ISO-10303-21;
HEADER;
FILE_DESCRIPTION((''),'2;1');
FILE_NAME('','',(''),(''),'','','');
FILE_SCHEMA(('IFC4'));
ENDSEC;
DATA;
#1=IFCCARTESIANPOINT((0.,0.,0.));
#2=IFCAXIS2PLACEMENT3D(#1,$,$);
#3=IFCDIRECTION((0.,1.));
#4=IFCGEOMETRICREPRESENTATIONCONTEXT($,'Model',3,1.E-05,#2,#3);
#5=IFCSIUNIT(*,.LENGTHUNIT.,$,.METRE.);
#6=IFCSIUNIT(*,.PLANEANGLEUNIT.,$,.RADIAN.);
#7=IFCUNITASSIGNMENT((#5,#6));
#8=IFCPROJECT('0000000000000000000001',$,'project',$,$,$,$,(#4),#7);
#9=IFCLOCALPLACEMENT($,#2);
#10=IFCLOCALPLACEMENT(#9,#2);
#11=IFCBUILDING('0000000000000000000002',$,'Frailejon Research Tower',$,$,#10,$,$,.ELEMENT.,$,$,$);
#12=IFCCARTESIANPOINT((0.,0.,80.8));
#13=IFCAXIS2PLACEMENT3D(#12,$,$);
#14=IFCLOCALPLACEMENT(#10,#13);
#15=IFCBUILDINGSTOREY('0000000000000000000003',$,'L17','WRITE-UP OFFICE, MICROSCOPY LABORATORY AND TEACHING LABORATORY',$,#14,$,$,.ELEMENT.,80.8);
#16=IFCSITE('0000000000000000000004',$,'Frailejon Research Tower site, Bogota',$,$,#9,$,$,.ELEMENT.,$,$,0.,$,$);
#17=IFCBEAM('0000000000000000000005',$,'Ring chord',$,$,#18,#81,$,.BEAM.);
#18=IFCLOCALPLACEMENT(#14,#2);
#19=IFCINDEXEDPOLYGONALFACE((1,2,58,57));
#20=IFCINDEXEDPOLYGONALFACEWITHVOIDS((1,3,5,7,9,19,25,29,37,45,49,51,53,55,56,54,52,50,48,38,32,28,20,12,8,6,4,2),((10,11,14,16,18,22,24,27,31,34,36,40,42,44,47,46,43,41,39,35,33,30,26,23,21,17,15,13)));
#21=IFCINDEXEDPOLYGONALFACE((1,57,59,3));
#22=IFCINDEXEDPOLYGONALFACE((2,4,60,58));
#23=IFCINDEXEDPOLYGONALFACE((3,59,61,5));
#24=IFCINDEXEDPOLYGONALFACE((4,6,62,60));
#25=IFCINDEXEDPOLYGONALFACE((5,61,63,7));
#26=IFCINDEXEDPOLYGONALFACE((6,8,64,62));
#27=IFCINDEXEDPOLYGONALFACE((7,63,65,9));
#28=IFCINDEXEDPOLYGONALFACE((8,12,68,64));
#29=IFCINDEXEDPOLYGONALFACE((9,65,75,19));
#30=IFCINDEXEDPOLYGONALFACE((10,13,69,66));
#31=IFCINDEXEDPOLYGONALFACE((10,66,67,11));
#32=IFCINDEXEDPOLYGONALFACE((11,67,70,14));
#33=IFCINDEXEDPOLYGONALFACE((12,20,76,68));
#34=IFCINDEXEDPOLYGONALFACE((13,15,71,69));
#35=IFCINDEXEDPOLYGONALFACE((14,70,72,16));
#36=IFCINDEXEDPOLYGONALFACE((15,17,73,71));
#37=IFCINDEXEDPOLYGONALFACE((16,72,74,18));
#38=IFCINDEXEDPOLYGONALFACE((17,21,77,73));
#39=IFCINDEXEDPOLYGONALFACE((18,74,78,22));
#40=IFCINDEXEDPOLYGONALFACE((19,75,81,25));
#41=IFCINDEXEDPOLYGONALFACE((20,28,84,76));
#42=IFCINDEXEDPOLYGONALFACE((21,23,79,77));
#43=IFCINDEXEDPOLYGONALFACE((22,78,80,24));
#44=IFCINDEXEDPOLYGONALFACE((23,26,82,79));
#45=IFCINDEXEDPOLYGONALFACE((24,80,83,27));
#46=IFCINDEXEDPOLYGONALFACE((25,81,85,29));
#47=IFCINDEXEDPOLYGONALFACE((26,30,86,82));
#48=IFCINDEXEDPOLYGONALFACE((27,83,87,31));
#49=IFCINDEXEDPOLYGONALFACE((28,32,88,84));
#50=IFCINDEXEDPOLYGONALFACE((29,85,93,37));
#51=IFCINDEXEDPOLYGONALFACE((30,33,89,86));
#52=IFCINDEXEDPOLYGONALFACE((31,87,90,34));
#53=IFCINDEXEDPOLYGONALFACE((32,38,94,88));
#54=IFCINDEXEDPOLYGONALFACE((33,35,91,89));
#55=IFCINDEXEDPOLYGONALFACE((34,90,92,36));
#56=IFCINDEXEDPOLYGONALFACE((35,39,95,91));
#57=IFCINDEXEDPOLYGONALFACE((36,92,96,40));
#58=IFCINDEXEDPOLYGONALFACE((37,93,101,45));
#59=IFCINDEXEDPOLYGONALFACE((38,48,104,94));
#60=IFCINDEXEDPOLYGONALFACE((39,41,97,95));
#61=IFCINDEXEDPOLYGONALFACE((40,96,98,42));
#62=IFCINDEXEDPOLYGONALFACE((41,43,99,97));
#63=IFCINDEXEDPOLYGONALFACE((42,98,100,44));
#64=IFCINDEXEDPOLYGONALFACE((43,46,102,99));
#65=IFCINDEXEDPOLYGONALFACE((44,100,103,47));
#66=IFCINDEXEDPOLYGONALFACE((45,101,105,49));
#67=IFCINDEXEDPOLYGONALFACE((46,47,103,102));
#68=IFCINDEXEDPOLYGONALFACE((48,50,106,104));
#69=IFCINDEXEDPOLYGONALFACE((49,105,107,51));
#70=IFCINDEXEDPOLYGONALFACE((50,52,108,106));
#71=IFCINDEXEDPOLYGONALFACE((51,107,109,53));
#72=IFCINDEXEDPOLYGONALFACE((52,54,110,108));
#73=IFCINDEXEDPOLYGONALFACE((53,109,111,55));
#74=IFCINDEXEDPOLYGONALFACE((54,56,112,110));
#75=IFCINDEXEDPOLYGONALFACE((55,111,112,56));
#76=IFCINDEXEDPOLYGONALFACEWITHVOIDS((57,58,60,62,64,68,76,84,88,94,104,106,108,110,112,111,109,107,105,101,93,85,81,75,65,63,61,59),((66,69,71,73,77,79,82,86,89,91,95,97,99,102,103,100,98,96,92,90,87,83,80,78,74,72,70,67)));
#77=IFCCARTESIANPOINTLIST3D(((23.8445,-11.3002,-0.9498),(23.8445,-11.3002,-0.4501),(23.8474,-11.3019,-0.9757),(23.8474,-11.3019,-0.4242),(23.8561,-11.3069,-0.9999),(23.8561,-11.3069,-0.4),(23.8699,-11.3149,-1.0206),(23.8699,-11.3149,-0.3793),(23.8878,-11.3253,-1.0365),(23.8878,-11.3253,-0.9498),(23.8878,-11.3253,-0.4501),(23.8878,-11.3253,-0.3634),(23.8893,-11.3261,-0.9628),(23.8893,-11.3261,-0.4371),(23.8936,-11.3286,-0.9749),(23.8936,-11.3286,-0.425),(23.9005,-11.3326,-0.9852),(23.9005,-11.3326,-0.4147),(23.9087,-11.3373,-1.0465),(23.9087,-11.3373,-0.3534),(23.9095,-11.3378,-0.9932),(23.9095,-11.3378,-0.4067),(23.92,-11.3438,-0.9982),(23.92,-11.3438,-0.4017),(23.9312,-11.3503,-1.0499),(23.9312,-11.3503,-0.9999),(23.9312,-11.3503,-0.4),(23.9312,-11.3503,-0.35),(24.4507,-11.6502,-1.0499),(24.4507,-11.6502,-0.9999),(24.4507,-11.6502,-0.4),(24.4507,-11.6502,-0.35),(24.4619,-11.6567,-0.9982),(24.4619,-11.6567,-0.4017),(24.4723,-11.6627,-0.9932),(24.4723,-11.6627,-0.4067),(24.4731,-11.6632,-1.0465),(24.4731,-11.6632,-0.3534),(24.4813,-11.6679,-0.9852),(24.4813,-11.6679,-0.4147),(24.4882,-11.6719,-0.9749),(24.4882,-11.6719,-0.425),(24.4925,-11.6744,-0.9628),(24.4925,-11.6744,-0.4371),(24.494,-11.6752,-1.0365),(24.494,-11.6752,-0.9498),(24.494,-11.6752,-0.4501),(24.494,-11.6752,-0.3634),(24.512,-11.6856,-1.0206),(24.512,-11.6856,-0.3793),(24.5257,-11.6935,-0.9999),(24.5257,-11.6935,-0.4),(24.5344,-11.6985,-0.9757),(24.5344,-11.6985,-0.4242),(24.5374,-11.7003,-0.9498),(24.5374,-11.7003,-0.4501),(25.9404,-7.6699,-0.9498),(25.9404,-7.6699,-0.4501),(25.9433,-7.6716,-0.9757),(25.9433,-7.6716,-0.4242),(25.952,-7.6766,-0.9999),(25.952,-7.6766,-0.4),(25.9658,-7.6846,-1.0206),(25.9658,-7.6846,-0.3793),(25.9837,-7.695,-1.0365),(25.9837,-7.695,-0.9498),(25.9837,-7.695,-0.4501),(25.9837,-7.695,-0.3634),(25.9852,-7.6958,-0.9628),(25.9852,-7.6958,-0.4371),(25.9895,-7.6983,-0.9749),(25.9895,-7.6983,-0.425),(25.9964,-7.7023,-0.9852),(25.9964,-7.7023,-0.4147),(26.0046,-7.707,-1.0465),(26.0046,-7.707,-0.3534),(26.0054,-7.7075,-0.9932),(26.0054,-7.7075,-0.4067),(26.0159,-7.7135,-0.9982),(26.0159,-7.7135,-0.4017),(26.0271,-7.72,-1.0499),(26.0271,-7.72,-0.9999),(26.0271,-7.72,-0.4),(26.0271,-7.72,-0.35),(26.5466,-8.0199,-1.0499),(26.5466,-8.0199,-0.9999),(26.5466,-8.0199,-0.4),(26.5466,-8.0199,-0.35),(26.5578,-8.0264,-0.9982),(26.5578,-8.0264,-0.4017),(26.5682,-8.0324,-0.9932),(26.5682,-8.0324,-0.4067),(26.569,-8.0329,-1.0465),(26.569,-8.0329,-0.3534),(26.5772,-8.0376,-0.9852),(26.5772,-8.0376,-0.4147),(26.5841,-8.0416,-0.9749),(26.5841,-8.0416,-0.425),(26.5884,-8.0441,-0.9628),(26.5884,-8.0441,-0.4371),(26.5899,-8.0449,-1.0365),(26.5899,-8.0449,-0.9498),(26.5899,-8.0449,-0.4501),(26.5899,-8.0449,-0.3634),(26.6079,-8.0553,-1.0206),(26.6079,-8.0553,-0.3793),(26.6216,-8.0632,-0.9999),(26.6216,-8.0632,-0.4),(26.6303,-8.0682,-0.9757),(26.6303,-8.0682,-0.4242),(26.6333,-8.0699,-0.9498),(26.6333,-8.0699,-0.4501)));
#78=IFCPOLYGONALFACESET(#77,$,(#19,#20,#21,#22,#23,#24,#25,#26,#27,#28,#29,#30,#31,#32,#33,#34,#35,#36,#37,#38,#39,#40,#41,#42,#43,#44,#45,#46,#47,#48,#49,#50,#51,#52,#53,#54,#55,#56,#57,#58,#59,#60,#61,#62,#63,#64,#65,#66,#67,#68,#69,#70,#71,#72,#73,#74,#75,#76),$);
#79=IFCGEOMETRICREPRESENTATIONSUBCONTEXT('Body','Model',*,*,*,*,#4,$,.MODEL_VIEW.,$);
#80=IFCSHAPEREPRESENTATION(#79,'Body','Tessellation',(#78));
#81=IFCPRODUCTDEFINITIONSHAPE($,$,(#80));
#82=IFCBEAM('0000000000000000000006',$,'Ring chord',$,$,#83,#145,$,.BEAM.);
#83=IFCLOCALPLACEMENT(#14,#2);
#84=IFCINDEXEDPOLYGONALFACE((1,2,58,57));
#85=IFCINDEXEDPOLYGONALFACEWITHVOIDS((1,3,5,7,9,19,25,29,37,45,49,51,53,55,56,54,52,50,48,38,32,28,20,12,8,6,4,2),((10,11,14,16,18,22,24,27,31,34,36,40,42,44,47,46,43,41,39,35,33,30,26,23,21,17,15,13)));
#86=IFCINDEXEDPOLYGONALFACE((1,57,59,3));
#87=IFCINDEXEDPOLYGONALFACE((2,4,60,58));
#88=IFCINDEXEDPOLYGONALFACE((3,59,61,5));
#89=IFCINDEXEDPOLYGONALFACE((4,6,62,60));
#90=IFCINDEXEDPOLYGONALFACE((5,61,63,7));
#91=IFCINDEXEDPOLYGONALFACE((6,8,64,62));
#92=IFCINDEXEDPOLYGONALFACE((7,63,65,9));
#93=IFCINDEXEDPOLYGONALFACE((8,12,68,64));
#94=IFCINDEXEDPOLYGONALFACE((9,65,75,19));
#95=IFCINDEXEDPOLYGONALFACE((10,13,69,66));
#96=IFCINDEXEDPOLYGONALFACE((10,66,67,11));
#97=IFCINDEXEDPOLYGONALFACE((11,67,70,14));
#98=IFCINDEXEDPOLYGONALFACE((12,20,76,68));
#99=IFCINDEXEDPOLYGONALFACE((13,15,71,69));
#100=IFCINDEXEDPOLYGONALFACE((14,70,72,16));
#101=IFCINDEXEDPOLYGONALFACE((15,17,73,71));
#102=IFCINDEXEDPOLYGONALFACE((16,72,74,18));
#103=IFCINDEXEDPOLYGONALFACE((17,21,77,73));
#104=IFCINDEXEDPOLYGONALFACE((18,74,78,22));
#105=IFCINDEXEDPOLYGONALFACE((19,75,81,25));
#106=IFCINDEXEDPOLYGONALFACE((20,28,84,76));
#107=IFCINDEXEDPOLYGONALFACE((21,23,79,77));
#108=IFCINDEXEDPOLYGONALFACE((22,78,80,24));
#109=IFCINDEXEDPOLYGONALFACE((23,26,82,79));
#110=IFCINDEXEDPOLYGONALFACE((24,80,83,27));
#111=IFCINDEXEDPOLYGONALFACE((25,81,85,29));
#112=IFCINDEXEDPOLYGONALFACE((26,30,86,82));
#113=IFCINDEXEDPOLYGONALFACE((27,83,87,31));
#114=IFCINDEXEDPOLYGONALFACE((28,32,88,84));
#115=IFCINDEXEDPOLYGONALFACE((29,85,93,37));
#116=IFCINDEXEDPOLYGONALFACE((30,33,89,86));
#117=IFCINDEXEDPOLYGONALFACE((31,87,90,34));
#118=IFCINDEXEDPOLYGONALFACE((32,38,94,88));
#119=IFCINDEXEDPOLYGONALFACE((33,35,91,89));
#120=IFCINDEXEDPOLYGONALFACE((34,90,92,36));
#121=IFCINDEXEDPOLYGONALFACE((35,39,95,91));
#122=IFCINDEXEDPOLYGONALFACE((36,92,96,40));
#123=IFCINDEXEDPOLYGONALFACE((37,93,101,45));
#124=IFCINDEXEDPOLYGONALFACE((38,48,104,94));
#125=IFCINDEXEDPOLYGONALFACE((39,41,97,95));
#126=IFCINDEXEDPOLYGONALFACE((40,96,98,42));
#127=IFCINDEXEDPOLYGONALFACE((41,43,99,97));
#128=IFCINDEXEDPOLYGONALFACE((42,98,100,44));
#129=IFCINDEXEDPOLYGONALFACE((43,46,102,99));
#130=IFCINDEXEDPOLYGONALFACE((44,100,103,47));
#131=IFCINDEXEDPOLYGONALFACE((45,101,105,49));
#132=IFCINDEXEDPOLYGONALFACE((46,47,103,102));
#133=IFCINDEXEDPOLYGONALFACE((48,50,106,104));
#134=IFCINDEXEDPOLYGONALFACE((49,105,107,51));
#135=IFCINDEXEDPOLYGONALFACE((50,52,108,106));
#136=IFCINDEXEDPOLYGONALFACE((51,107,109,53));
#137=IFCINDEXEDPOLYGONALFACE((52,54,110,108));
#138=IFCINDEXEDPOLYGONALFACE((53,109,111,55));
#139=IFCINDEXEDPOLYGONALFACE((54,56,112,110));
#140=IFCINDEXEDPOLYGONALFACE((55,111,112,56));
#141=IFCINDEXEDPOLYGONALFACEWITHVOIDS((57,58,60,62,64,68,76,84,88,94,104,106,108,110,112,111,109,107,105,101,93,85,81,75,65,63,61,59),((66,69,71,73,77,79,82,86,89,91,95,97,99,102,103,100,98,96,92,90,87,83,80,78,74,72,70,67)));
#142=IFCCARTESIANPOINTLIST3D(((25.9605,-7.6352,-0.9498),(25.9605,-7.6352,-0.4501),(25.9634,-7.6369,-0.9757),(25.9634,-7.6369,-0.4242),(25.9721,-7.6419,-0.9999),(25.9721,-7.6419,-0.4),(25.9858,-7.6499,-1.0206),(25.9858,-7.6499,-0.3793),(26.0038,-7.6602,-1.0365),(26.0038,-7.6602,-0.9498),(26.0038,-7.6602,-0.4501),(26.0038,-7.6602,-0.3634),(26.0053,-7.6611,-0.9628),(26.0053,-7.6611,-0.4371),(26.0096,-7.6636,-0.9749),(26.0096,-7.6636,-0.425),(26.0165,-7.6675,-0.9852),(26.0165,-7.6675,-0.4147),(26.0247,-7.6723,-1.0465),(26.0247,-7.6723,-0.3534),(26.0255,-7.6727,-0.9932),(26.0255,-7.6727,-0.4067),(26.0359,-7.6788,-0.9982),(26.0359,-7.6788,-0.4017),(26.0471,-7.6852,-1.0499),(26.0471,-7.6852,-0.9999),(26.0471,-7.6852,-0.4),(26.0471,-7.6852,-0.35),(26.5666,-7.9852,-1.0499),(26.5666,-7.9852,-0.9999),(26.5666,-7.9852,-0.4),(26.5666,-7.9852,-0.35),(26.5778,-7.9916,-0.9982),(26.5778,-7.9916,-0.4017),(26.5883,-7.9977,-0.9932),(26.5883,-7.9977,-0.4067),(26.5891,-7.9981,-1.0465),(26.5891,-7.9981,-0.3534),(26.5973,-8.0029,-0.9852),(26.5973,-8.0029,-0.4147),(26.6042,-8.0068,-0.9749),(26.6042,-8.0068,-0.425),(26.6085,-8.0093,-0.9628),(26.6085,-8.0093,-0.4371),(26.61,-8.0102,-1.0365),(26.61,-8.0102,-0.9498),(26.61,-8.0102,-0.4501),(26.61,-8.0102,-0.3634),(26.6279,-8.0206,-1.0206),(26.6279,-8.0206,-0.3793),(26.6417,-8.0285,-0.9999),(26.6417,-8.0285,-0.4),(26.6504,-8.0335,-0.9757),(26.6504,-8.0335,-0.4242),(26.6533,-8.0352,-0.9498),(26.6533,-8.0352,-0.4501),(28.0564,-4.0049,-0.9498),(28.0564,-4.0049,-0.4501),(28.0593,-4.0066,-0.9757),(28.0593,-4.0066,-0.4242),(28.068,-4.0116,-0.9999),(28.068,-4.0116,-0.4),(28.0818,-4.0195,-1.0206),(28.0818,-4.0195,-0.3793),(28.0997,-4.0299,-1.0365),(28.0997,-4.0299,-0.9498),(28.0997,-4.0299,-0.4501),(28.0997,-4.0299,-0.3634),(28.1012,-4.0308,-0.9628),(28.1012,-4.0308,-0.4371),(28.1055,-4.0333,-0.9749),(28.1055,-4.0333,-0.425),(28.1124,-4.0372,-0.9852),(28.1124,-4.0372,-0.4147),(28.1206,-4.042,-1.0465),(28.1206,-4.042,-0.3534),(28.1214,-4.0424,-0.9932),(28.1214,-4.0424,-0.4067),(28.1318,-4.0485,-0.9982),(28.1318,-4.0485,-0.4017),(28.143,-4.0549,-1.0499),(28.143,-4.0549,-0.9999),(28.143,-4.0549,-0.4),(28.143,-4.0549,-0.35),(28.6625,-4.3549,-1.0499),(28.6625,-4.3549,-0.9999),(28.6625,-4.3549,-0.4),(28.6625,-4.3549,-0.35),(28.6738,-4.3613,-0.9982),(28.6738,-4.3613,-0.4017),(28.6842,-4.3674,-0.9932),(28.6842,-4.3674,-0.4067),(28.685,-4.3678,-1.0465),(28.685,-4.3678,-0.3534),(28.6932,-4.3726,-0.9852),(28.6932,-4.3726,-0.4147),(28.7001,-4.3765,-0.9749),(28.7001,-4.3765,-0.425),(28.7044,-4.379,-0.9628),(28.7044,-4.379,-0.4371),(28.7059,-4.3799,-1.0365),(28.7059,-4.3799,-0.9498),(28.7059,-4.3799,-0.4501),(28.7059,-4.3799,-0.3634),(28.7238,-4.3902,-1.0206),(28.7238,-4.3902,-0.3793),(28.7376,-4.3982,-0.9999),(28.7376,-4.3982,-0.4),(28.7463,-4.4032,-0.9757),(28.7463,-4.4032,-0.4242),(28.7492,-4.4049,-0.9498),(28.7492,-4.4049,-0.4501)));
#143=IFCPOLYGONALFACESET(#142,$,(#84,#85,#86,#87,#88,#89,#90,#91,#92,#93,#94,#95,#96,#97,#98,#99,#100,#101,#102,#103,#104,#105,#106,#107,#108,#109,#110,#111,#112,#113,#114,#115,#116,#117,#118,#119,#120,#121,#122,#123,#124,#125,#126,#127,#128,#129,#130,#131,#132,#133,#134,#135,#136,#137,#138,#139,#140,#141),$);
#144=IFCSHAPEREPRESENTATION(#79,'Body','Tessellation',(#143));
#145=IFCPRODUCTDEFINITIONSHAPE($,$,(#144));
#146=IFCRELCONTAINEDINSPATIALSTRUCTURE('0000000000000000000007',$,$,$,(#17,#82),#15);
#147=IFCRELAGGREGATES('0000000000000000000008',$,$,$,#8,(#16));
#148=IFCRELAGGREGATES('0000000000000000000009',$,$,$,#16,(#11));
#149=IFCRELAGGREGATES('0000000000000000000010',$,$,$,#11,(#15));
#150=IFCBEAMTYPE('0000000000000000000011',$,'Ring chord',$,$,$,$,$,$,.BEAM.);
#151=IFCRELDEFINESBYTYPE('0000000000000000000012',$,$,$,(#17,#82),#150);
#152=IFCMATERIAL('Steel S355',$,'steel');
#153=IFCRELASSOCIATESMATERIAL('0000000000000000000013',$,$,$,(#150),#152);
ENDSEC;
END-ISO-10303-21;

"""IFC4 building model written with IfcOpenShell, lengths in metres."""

from ifc_helpers import new_model, si_unit, direction, frame, origin, origin_2d, place, context, subcontext, project, spatial, hollow_rectangle, extrude, material, material_profile, profile_set, type_object, element, save


model = new_model("IFC4")

# Units and contexts
model_context = context("Model", 3, precision=1e-05, world=origin(), true_north=direction((0.0, 1.0)))
body_context = subcontext(model_context, "Body", "Model", "MODEL_VIEW")
ifc_project = project(units=[si_unit("LENGTHUNIT", "METRE"), si_unit("PLANEANGLEUNIT", "RADIAN")], contexts=[model_context])

# Site, building, storey
site_placement = place(None, origin())
site = spatial("IfcSite", under=ifc_project, at=site_placement, Name="Frailejon Research Tower site, Bogota", CompositionType="ELEMENT", RefElevation=0.0)
building_placement = place(site_placement, origin())
building = spatial("IfcBuilding", under=site, at=building_placement, Name="Frailejon Research Tower", CompositionType="ELEMENT")
storey_placement = place(building_placement, frame((0.0, 0.0, 80.8)))
storey = spatial("IfcBuildingStorey", under=building, at=storey_placement, Name="L17", Description="WRITE-UP OFFICE, MICROSCOPY LABORATORY AND TEACHING LABORATORY", CompositionType="ELEMENT", Elevation=80.8)

# Beams
ifc_material_1 = material(Name="Steel S355", Category="steel")
ifc_material_profile_1 = material_profile(ifc_material_1, hollow_rectangle(XDim=0.8, YDim=0.7, WallThickness=0.05, InnerFilletRadius=0.05, OuterFilletRadius=0.1001, at=origin_2d()), Name="Ring chord")
ifc_profile_set_1 = profile_set([ifc_material_profile_1], Name="Steel S355")
beam_type_1 = type_object("IfcBeamType", Name="Ring chord", PredefinedType="BEAM", material=ifc_profile_set_1)
for number, where, z_axis, x_axis, name in (
    (1, (24.1909, -11.5002, -0.7), (0.499991, 0.86603, 0.0), (-0.86603, 0.499991, 0.0), "Ring chord"),
    (2, (26.3069, -7.8352, -0.7), (0.499991, 0.86603, 0.0), (-0.86603, 0.499991, 0.0), "Ring chord"),
):
    element("IfcBeam", number, at=place(storey_placement, frame(where, z_axis=z_axis, x_axis=x_axis)), inside=storey, type_object=beam_type_1, Name=name, PredefinedType="BEAM", context=body_context, shape_type="SweptSolid", body=[
        extrude(hollow_rectangle(XDim=0.8, YDim=0.7, WallThickness=0.05, InnerFilletRadius=0.05, OuterFilletRadius=0.1001, at=origin_2d()), origin(), (0.0, 0.0, 1.0), 4.1919),
    ])

save(model, "model.ifc")
